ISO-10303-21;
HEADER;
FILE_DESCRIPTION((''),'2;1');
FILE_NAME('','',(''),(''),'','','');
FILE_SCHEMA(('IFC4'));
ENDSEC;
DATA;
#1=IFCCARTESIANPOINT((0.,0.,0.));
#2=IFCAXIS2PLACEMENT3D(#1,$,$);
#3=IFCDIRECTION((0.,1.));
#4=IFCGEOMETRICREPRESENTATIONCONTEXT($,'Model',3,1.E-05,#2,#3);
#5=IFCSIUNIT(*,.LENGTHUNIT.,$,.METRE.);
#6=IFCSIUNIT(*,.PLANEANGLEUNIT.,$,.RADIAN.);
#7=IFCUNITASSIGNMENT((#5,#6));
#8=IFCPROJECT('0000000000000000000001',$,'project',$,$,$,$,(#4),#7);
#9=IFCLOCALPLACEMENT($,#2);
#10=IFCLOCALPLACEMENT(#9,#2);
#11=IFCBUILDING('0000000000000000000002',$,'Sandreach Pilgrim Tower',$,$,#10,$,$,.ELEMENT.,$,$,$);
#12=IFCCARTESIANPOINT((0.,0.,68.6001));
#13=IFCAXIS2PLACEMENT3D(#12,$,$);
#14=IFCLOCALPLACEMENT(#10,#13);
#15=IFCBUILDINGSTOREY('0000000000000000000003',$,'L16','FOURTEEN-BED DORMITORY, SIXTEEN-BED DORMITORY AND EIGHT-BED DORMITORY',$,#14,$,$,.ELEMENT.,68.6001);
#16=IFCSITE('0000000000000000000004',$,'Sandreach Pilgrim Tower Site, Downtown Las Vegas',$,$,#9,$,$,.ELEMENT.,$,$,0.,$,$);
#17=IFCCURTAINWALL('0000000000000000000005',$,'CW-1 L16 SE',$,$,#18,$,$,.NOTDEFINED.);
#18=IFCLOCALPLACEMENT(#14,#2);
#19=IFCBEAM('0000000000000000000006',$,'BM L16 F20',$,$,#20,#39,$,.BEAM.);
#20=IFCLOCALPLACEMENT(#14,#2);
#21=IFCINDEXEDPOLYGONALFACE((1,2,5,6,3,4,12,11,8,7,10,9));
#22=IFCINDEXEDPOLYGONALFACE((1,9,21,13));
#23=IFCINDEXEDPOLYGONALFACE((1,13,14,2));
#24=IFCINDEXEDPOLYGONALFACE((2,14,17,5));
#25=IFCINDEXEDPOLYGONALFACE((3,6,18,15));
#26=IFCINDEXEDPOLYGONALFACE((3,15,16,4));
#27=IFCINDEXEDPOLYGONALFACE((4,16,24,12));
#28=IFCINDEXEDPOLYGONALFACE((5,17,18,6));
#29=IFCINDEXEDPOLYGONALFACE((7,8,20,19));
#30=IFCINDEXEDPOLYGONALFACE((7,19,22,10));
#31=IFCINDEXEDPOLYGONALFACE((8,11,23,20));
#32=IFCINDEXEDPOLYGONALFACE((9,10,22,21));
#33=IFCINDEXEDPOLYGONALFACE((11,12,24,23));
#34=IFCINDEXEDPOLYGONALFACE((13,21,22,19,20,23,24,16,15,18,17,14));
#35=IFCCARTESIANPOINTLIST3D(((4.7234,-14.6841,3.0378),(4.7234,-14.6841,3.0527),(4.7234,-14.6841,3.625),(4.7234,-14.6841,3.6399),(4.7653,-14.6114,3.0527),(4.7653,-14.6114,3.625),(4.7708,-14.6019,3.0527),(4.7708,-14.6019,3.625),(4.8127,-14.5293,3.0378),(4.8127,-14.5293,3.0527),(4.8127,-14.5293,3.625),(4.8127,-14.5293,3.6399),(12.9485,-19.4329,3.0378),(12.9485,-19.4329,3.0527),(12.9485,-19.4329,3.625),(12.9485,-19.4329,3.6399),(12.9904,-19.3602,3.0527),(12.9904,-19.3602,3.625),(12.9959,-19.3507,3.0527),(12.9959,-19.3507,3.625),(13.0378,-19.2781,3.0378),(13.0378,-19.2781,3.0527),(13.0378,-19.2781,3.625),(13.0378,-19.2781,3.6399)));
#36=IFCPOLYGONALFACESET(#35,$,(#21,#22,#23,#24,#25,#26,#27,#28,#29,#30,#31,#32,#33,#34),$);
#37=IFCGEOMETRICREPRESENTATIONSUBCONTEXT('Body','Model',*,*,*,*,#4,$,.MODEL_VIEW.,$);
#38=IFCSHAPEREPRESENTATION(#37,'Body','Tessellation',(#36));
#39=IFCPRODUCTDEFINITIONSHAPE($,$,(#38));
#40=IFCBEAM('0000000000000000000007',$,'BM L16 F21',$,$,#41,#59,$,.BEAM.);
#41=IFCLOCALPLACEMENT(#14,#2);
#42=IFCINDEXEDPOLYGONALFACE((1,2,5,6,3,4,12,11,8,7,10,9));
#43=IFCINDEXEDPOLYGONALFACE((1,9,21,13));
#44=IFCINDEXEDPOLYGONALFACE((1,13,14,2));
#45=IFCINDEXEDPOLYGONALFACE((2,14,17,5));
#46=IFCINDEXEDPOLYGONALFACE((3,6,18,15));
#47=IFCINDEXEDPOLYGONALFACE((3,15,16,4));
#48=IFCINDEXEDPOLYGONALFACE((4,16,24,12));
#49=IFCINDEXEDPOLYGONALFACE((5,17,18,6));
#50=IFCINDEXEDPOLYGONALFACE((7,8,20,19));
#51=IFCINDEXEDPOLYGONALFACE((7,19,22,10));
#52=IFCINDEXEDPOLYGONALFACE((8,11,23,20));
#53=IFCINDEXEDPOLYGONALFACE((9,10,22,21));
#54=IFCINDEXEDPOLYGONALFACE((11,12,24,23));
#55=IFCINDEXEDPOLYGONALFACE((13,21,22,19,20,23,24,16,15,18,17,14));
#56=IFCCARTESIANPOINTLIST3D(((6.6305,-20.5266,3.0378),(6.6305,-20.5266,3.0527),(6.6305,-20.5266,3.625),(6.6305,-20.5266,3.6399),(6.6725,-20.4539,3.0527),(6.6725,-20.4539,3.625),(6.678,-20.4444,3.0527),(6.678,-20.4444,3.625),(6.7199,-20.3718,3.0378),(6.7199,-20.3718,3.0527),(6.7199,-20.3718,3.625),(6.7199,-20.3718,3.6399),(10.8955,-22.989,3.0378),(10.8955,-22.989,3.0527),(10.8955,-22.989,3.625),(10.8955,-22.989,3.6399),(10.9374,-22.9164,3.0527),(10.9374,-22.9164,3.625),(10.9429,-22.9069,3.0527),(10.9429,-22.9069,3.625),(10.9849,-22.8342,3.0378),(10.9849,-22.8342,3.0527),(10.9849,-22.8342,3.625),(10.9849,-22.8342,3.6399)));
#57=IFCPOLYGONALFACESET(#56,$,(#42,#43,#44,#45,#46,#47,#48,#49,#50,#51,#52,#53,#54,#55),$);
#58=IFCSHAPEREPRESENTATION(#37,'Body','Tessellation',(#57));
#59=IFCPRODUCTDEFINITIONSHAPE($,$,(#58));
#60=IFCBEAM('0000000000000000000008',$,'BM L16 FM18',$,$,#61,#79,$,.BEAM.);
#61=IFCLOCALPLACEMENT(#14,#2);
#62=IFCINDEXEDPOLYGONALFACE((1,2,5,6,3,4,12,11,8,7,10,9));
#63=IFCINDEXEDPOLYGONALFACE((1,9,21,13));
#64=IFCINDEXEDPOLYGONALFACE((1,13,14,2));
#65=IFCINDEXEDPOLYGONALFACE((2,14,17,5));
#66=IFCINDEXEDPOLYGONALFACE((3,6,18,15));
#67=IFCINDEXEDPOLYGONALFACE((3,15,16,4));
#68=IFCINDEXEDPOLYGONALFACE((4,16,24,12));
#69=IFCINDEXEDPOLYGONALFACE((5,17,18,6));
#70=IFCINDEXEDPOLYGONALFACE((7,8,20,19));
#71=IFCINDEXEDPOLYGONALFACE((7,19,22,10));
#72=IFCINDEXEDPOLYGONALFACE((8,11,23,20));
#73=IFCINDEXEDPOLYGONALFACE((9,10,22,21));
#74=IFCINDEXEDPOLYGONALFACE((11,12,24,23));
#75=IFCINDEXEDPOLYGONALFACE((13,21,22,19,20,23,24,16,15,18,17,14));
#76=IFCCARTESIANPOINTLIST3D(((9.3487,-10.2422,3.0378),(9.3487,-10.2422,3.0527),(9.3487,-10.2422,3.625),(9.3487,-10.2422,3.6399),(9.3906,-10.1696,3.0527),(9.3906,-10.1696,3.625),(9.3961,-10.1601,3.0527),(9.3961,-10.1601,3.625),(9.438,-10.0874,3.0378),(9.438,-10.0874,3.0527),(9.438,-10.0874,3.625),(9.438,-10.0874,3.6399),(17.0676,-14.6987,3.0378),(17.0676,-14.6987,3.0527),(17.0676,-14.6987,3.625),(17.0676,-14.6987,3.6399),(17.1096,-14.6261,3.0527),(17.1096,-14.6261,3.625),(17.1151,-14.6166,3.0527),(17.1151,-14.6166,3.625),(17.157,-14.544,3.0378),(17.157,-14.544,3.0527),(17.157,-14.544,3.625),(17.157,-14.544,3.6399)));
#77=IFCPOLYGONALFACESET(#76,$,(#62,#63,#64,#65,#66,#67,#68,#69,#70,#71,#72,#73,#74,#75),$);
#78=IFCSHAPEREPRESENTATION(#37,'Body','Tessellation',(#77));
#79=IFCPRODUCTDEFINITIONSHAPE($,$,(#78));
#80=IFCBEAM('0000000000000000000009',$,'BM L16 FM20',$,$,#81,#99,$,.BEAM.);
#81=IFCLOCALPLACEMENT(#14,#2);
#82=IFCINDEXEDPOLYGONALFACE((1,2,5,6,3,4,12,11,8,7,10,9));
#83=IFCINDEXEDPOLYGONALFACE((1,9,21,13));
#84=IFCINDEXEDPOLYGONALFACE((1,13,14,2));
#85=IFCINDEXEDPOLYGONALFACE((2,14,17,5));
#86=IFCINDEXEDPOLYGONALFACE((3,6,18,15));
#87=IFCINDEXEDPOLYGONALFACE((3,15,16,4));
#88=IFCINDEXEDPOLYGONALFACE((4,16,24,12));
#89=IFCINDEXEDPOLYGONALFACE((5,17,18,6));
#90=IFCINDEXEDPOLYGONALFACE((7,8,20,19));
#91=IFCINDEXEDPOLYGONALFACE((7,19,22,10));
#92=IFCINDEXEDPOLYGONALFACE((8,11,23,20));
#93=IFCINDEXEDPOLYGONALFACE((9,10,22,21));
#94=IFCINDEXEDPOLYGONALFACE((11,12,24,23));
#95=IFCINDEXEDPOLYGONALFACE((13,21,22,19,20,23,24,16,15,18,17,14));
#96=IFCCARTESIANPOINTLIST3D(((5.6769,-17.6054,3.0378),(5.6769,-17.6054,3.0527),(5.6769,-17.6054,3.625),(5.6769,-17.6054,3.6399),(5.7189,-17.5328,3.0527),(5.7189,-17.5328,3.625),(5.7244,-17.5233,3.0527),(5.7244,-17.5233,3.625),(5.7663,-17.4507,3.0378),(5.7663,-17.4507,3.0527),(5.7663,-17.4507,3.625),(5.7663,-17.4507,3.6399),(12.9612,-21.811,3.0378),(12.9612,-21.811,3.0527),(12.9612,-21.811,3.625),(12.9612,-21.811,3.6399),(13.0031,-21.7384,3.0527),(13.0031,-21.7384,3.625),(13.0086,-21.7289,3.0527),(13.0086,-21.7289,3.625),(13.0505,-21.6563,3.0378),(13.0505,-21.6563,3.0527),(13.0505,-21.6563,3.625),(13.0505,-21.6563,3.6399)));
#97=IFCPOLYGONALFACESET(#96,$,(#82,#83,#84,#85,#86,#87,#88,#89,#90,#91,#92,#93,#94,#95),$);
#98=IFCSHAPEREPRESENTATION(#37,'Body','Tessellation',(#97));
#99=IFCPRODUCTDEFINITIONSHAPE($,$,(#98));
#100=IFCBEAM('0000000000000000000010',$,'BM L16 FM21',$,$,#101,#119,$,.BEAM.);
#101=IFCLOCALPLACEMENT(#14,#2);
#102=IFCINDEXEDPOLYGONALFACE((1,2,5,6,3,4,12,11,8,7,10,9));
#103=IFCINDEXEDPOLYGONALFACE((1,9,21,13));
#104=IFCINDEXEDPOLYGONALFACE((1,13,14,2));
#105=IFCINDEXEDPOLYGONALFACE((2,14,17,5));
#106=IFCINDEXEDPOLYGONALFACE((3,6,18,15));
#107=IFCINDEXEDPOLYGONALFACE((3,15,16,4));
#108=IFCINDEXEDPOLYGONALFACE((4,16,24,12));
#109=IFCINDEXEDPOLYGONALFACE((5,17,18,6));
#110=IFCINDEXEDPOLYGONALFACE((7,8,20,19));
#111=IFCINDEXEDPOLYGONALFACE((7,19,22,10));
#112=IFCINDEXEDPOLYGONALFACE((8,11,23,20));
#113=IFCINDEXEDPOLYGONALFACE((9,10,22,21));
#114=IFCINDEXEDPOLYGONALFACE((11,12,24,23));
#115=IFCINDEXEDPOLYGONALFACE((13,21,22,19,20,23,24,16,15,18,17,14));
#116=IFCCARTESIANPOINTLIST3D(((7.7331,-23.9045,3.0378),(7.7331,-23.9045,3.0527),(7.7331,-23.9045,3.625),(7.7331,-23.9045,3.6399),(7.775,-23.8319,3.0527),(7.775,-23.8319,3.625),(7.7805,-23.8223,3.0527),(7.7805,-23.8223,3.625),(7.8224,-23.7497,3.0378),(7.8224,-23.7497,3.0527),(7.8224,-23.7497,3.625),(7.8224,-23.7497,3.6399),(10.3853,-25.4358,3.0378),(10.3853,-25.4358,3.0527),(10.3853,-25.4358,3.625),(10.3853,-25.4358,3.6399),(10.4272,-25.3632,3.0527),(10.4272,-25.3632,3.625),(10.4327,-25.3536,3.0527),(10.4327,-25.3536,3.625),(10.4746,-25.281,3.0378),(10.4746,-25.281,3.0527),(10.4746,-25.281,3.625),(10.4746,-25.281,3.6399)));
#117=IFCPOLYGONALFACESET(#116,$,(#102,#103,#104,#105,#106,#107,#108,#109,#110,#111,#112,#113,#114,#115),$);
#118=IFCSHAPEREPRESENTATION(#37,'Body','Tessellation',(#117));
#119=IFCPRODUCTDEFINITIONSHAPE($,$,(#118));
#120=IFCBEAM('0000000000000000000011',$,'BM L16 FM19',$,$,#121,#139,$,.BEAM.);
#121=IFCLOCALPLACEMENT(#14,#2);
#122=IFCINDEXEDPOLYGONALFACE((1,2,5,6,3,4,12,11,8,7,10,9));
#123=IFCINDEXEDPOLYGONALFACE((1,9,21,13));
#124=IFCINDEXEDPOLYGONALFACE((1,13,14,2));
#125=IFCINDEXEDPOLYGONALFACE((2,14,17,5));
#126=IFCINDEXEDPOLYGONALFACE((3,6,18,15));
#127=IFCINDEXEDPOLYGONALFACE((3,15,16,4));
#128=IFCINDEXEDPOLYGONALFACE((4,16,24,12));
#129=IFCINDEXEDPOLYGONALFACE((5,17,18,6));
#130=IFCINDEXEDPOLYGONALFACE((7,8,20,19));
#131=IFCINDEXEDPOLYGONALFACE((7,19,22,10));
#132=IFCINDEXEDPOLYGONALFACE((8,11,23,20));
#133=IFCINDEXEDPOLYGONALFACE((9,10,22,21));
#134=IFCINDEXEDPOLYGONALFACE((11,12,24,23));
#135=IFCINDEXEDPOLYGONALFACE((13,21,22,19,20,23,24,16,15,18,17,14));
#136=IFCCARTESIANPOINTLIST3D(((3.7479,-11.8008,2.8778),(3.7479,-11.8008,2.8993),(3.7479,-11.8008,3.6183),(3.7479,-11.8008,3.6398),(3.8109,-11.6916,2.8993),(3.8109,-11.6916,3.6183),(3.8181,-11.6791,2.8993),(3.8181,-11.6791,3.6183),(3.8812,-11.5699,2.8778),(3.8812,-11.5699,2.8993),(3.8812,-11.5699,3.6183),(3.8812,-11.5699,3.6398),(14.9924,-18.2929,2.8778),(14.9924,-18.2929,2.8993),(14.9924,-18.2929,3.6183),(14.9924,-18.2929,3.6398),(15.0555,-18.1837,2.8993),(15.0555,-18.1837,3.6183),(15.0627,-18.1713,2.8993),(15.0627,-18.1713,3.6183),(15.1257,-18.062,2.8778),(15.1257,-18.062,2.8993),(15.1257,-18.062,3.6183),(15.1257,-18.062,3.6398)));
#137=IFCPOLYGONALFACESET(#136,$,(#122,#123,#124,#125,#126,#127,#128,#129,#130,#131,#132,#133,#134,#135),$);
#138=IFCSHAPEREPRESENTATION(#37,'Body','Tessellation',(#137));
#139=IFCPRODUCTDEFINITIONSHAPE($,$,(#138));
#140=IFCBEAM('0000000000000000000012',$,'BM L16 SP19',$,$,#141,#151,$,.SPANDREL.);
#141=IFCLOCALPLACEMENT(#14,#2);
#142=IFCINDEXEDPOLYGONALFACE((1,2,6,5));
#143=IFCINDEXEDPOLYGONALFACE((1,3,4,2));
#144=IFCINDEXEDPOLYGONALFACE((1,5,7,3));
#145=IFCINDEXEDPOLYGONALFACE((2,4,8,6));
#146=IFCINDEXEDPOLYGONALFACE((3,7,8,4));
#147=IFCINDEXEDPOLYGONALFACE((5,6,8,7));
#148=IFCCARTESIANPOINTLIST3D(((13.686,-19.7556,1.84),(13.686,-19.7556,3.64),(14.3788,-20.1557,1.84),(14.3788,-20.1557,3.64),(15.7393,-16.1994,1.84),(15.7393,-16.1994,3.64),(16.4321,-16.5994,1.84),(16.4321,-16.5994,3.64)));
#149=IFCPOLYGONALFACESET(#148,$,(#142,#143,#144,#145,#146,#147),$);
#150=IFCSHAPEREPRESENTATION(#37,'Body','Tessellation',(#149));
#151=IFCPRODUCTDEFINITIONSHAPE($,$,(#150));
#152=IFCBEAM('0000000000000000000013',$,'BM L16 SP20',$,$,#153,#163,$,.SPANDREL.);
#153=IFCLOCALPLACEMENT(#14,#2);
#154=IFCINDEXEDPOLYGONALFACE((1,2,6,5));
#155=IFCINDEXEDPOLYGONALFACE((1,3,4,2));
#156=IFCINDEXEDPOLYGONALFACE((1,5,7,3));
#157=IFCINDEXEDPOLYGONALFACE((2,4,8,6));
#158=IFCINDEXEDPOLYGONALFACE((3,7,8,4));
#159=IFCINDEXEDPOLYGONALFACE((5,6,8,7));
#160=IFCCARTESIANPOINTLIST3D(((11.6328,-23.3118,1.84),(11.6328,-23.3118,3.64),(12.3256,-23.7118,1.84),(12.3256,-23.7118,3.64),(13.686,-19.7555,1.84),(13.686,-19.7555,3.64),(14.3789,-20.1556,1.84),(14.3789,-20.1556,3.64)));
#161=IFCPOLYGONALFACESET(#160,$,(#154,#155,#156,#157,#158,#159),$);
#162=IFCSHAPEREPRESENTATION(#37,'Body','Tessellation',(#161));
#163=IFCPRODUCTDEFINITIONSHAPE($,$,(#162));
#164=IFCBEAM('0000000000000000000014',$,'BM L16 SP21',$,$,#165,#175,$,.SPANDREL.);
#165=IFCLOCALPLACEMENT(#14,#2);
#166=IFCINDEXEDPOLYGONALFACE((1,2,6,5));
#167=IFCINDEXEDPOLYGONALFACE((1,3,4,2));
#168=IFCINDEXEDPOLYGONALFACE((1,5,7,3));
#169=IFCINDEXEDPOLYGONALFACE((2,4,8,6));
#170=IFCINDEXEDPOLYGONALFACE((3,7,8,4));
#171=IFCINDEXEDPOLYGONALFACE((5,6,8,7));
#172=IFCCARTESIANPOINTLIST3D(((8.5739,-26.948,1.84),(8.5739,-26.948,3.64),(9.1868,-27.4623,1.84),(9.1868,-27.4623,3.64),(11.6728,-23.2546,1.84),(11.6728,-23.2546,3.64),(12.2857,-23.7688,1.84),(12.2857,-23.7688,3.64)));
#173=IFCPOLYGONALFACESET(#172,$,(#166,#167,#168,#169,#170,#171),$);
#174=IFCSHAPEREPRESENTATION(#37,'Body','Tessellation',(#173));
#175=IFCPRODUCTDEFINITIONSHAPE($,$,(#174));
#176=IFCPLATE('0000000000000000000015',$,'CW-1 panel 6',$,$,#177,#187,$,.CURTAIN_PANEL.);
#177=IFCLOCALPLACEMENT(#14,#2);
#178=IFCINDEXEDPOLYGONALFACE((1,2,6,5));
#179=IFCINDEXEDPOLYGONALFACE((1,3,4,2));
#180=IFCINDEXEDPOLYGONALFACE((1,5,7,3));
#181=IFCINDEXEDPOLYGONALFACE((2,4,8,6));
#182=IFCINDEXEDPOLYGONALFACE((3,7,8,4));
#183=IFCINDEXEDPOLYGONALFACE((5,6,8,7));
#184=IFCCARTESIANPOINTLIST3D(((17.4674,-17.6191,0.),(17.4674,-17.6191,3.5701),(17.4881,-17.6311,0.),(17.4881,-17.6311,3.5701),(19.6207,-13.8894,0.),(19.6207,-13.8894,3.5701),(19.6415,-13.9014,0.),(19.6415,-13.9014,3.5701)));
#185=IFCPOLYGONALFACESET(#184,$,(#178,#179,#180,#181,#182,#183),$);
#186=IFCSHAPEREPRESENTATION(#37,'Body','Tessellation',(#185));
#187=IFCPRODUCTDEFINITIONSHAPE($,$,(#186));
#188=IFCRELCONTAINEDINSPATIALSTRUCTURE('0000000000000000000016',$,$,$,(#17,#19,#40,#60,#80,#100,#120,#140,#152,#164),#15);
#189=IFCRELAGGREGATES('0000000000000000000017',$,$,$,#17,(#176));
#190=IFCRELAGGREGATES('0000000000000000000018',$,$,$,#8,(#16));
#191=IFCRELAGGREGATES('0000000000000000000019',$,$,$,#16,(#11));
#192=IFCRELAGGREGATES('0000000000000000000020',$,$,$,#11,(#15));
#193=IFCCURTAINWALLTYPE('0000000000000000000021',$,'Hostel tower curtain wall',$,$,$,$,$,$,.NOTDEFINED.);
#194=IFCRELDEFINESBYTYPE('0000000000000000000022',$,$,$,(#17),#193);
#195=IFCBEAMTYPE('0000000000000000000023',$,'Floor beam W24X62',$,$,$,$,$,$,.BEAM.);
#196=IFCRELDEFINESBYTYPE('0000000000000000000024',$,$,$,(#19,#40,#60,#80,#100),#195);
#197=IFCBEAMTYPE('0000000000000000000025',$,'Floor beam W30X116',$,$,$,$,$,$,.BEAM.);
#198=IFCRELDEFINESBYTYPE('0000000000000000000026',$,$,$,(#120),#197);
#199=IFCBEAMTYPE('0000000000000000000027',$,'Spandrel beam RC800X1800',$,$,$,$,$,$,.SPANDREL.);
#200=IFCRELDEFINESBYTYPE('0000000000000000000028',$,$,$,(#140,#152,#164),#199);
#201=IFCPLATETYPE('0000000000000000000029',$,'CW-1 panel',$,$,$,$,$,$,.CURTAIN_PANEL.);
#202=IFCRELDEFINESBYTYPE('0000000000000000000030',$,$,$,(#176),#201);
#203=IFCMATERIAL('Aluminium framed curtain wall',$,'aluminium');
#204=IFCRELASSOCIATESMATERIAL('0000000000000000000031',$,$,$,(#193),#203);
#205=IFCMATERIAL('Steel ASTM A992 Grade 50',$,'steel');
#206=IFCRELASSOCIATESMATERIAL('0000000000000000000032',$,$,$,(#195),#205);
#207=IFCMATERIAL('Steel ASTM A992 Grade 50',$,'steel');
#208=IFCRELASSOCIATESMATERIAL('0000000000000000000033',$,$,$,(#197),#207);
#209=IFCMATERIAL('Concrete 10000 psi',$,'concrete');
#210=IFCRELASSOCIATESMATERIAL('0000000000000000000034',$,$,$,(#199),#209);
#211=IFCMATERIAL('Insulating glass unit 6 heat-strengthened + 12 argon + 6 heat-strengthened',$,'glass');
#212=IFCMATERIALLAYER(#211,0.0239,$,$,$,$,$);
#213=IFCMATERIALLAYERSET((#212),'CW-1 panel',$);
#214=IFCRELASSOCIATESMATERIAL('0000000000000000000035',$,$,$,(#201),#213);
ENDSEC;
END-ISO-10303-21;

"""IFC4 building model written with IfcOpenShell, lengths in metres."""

from ifc_helpers import new_model, si_unit, direction, frame, origin, origin_2d, place, context, subcontext, project, spatial, rectangle, i_section, extrude, material, layer, layer_set, material_profile, profile_set, type_object, element, aggregate, save


model = new_model("IFC4")

# Units and contexts
model_context = context("Model", 3, precision=1e-05, world=origin(), true_north=direction((0.0, 1.0)))
body_context = subcontext(model_context, "Body", "Model", "MODEL_VIEW")
ifc_project = project(units=[si_unit("LENGTHUNIT", "METRE"), si_unit("PLANEANGLEUNIT", "RADIAN")], contexts=[model_context])

# Site, building, storey
site_placement = place(None, origin())
site = spatial("IfcSite", under=ifc_project, at=site_placement, Name="Sandreach Pilgrim Tower Site, Downtown Las Vegas", CompositionType="ELEMENT", RefElevation=0.0)
building_placement = place(site_placement, origin())
building = spatial("IfcBuilding", under=site, at=building_placement, Name="Sandreach Pilgrim Tower", CompositionType="ELEMENT")
storey_placement = place(building_placement, frame((0.0, 0.0, 68.6001)))
storey = spatial("IfcBuildingStorey", under=building, at=storey_placement, Name="L16", Description="FOURTEEN-BED DORMITORY, SIXTEEN-BED DORMITORY AND EIGHT-BED DORMITORY", CompositionType="ELEMENT", Elevation=68.6001)

# Curtain wall
ifc_material_1 = material(Name="Aluminium framed curtain wall", Category="aluminium")
curtain_wall_type = type_object("IfcCurtainWallType", Name="Hostel tower curtain wall", PredefinedType="NOTDEFINED", material=ifc_material_1)
curtain_wall_1_placement = place(storey_placement, origin())
curtain_wall_1 = element("IfcCurtainWall", 1, at=curtain_wall_1_placement, inside=storey, type_object=curtain_wall_type, Name="CW-1 L16 SE", PredefinedType="NOTDEFINED")

# Beams
ifc_material_2 = material(Name="Steel ASTM A992 Grade 50", Category="steel")
ifc_material_profile_1 = material_profile(ifc_material_2, i_section(OverallWidth=0.1787, OverallDepth=0.6021, WebThickness=0.011, FlangeThickness=0.0149, at=origin_2d()), Name="W24X62")
ifc_profile_set_1 = profile_set([ifc_material_profile_1], Name="Steel ASTM A992 Grade 50")
beam_type_1 = type_object("IfcBeamType", Name="Floor beam W24X62", PredefinedType="BEAM", material=ifc_profile_set_1)
beam_1_placement = place(storey_placement, frame((12.9932, -19.3555, 3.3389), z_axis=(-0.866025, 0.500001, 0.0), x_axis=(-0.500001, -0.866025, 0.0)))
element("IfcBeam", 2, at=beam_1_placement, inside=storey, type_object=beam_type_1, Name="BM L16 F20", PredefinedType="BEAM", context=body_context, shape_type="SweptSolid", body=[
    extrude(i_section(OverallWidth=0.1787, OverallDepth=0.6021, WebThickness=0.011, FlangeThickness=0.0149, at=origin_2d()), origin(), (0.0, 0.0, 1.0), 9.4976),
])
beam_2_placement = place(storey_placement, frame((10.9402, -22.9116, 3.3389), z_axis=(-0.86602, 0.50001, 0.0), x_axis=(-0.50001, -0.86602, 0.0)))
element("IfcBeam", 3, at=beam_2_placement, inside=storey, type_object=beam_type_1, Name="BM L16 F21", PredefinedType="BEAM", context=body_context, shape_type="SweptSolid", body=[
    extrude(i_section(OverallWidth=0.1787, OverallDepth=0.6021, WebThickness=0.011, FlangeThickness=0.0149, at=origin_2d()), origin(), (0.0, 0.0, 1.0), 4.9248),
])
beam_3_placement = place(storey_placement, frame((17.1123, -14.6213, 3.3389), z_axis=(-0.866026, 0.499998, 0.0), x_axis=(-0.499998, -0.866026, 0.0)))
element("IfcBeam", 4, at=beam_3_placement, inside=storey, type_object=beam_type_1, Name="BM L16 FM18", PredefinedType="BEAM", context=body_context, shape_type="SweptSolid", body=[
    extrude(i_section(OverallWidth=0.1787, OverallDepth=0.6021, WebThickness=0.011, FlangeThickness=0.0149, at=origin_2d()), origin(), (0.0, 0.0, 1.0), 8.9131),
])
beam_4_placement = place(storey_placement, frame((13.0059, -21.7336, 3.3389), z_axis=(-0.866023, 0.500004, 0.0), x_axis=(-0.500004, -0.866023, 0.0)))
element("IfcBeam", 5, at=beam_4_placement, inside=storey, type_object=beam_type_1, Name="BM L16 FM20", PredefinedType="BEAM", context=body_context, shape_type="SweptSolid", body=[
    extrude(i_section(OverallWidth=0.1787, OverallDepth=0.6021, WebThickness=0.011, FlangeThickness=0.0149, at=origin_2d()), origin(), (0.0, 0.0, 1.0), 8.4111),
])
beam_5_placement = place(storey_placement, frame((10.4299, -25.3584, 3.3389), z_axis=(-0.866017, 0.500015, 0.0), x_axis=(-0.500015, -0.866017, 0.0)))
element("IfcBeam", 6, at=beam_5_placement, inside=storey, type_object=beam_type_1, Name="BM L16 FM21", PredefinedType="BEAM", context=body_context, shape_type="SweptSolid", body=[
    extrude(i_section(OverallWidth=0.1787, OverallDepth=0.6021, WebThickness=0.011, FlangeThickness=0.0149, at=origin_2d()), origin(), (0.0, 0.0, 1.0), 3.0625),
])
ifc_material_3 = material(Name="Steel ASTM A992 Grade 50", Category="steel")
ifc_material_profile_2 = material_profile(ifc_material_3, i_section(OverallWidth=0.2666, OverallDepth=0.762, WebThickness=0.0144, FlangeThickness=0.0215, at=origin_2d()), Name="W30X116")
ifc_profile_set_2 = profile_set([ifc_material_profile_2], Name="Steel ASTM A992 Grade 50")
beam_type_2 = type_object("IfcBeamType", Name="Floor beam W30X116", PredefinedType="BEAM", material=ifc_profile_set_2)
beam_6_placement = place(storey_placement, frame((15.0591, -18.1775, 3.2588), z_axis=(-0.866022, 0.500006, 0.0), x_axis=(-0.500006, -0.866022, 0.0)))
element("IfcBeam", 7, at=beam_6_placement, inside=storey, type_object=beam_type_2, Name="BM L16 FM19", PredefinedType="BEAM", context=body_context, shape_type="SweptSolid", body=[
    extrude(i_section(OverallWidth=0.2666, OverallDepth=0.762, WebThickness=0.0144, FlangeThickness=0.0215, at=origin_2d()), origin(), (0.0, 0.0, 1.0), 12.9841),
])
ifc_material_4 = material(Name="Concrete 10000 psi", Category="concrete")
ifc_material_profile_3 = material_profile(ifc_material_4, rectangle(XDim=0.8, YDim=1.8, at=origin_2d()), Name="RC800X1800")
ifc_profile_set_3 = profile_set([ifc_material_profile_3], Name="Concrete 10000 psi")
beam_type_3 = type_object("IfcBeamType", Name="Spandrel beam RC800X1800", PredefinedType="SPANDREL", material=ifc_profile_set_3)
for number, where, z_axis, x_axis, name in (
    (8, (16.0857, -16.3994, 2.74), (-0.500014, -0.866017, 0.0), (0.866017, -0.500014, 0.0), "BM L16 SP19"),
    (9, (14.0325, -19.9556, 2.74), (-0.500014, -0.866017, 0.0), (0.866017, -0.500014, 0.0), "BM L16 SP20"),
):
    element("IfcBeam", number, at=place(storey_placement, frame(where, z_axis=z_axis, x_axis=x_axis)), inside=storey, type_object=beam_type_3, Name=name, PredefinedType="SPANDREL", context=body_context, shape_type="SweptSolid", body=[
        extrude(rectangle(XDim=0.8, YDim=1.8, at=origin_2d()), origin(), (0.0, 0.0, 1.0), 4.1064),
    ])
beam_7_placement = place(storey_placement, frame((11.9792, -23.5117, 2.74), z_axis=(-0.642761, -0.766067, 0.0), x_axis=(0.766067, -0.642761, 0.0)))
element("IfcBeam", 10, at=beam_7_placement, inside=storey, type_object=beam_type_3, Name="BM L16 SP21", PredefinedType="SPANDREL", context=body_context, shape_type="SweptSolid", body=[
    extrude(rectangle(XDim=0.8, YDim=1.8, at=origin_2d()), origin(), (0.0, 0.0, 1.0), 4.8213),
])

# Plate
ifc_material_5 = material(Name="Insulating glass unit 6 heat-strengthened + 12 argon + 6 heat-strengthened", Category="glass")
ifc_layer_1 = layer(ifc_material_5, 0.0239)
ifc_layer_set_1 = layer_set([ifc_layer_1], Name="CW-1 panel")
plate_type = type_object("IfcPlateType", Name="CW-1 panel", PredefinedType="CURTAIN_PANEL", material=ifc_layer_set_1)
plate_1_placement = place(storey_placement, frame((18.5544, -15.7603, 0.0), z_axis=(0.0, 0.0, 1.0), x_axis=(-0.5, -0.866025, 0.0)))
plate_1 = element("IfcPlate", 11, at=plate_1_placement, type_object=plate_type, Name="CW-1 panel 6", PredefinedType="CURTAIN_PANEL", context=body_context, shape_type="SweptSolid", body=[
    extrude(rectangle(XDim=4.3066, YDim=0.0239, at=origin_2d()), origin(), (0.0, 0.0, 1.0), 3.5701),
])
aggregate(curtain_wall_1, [plate_1])

save(model, "model.ifc")
